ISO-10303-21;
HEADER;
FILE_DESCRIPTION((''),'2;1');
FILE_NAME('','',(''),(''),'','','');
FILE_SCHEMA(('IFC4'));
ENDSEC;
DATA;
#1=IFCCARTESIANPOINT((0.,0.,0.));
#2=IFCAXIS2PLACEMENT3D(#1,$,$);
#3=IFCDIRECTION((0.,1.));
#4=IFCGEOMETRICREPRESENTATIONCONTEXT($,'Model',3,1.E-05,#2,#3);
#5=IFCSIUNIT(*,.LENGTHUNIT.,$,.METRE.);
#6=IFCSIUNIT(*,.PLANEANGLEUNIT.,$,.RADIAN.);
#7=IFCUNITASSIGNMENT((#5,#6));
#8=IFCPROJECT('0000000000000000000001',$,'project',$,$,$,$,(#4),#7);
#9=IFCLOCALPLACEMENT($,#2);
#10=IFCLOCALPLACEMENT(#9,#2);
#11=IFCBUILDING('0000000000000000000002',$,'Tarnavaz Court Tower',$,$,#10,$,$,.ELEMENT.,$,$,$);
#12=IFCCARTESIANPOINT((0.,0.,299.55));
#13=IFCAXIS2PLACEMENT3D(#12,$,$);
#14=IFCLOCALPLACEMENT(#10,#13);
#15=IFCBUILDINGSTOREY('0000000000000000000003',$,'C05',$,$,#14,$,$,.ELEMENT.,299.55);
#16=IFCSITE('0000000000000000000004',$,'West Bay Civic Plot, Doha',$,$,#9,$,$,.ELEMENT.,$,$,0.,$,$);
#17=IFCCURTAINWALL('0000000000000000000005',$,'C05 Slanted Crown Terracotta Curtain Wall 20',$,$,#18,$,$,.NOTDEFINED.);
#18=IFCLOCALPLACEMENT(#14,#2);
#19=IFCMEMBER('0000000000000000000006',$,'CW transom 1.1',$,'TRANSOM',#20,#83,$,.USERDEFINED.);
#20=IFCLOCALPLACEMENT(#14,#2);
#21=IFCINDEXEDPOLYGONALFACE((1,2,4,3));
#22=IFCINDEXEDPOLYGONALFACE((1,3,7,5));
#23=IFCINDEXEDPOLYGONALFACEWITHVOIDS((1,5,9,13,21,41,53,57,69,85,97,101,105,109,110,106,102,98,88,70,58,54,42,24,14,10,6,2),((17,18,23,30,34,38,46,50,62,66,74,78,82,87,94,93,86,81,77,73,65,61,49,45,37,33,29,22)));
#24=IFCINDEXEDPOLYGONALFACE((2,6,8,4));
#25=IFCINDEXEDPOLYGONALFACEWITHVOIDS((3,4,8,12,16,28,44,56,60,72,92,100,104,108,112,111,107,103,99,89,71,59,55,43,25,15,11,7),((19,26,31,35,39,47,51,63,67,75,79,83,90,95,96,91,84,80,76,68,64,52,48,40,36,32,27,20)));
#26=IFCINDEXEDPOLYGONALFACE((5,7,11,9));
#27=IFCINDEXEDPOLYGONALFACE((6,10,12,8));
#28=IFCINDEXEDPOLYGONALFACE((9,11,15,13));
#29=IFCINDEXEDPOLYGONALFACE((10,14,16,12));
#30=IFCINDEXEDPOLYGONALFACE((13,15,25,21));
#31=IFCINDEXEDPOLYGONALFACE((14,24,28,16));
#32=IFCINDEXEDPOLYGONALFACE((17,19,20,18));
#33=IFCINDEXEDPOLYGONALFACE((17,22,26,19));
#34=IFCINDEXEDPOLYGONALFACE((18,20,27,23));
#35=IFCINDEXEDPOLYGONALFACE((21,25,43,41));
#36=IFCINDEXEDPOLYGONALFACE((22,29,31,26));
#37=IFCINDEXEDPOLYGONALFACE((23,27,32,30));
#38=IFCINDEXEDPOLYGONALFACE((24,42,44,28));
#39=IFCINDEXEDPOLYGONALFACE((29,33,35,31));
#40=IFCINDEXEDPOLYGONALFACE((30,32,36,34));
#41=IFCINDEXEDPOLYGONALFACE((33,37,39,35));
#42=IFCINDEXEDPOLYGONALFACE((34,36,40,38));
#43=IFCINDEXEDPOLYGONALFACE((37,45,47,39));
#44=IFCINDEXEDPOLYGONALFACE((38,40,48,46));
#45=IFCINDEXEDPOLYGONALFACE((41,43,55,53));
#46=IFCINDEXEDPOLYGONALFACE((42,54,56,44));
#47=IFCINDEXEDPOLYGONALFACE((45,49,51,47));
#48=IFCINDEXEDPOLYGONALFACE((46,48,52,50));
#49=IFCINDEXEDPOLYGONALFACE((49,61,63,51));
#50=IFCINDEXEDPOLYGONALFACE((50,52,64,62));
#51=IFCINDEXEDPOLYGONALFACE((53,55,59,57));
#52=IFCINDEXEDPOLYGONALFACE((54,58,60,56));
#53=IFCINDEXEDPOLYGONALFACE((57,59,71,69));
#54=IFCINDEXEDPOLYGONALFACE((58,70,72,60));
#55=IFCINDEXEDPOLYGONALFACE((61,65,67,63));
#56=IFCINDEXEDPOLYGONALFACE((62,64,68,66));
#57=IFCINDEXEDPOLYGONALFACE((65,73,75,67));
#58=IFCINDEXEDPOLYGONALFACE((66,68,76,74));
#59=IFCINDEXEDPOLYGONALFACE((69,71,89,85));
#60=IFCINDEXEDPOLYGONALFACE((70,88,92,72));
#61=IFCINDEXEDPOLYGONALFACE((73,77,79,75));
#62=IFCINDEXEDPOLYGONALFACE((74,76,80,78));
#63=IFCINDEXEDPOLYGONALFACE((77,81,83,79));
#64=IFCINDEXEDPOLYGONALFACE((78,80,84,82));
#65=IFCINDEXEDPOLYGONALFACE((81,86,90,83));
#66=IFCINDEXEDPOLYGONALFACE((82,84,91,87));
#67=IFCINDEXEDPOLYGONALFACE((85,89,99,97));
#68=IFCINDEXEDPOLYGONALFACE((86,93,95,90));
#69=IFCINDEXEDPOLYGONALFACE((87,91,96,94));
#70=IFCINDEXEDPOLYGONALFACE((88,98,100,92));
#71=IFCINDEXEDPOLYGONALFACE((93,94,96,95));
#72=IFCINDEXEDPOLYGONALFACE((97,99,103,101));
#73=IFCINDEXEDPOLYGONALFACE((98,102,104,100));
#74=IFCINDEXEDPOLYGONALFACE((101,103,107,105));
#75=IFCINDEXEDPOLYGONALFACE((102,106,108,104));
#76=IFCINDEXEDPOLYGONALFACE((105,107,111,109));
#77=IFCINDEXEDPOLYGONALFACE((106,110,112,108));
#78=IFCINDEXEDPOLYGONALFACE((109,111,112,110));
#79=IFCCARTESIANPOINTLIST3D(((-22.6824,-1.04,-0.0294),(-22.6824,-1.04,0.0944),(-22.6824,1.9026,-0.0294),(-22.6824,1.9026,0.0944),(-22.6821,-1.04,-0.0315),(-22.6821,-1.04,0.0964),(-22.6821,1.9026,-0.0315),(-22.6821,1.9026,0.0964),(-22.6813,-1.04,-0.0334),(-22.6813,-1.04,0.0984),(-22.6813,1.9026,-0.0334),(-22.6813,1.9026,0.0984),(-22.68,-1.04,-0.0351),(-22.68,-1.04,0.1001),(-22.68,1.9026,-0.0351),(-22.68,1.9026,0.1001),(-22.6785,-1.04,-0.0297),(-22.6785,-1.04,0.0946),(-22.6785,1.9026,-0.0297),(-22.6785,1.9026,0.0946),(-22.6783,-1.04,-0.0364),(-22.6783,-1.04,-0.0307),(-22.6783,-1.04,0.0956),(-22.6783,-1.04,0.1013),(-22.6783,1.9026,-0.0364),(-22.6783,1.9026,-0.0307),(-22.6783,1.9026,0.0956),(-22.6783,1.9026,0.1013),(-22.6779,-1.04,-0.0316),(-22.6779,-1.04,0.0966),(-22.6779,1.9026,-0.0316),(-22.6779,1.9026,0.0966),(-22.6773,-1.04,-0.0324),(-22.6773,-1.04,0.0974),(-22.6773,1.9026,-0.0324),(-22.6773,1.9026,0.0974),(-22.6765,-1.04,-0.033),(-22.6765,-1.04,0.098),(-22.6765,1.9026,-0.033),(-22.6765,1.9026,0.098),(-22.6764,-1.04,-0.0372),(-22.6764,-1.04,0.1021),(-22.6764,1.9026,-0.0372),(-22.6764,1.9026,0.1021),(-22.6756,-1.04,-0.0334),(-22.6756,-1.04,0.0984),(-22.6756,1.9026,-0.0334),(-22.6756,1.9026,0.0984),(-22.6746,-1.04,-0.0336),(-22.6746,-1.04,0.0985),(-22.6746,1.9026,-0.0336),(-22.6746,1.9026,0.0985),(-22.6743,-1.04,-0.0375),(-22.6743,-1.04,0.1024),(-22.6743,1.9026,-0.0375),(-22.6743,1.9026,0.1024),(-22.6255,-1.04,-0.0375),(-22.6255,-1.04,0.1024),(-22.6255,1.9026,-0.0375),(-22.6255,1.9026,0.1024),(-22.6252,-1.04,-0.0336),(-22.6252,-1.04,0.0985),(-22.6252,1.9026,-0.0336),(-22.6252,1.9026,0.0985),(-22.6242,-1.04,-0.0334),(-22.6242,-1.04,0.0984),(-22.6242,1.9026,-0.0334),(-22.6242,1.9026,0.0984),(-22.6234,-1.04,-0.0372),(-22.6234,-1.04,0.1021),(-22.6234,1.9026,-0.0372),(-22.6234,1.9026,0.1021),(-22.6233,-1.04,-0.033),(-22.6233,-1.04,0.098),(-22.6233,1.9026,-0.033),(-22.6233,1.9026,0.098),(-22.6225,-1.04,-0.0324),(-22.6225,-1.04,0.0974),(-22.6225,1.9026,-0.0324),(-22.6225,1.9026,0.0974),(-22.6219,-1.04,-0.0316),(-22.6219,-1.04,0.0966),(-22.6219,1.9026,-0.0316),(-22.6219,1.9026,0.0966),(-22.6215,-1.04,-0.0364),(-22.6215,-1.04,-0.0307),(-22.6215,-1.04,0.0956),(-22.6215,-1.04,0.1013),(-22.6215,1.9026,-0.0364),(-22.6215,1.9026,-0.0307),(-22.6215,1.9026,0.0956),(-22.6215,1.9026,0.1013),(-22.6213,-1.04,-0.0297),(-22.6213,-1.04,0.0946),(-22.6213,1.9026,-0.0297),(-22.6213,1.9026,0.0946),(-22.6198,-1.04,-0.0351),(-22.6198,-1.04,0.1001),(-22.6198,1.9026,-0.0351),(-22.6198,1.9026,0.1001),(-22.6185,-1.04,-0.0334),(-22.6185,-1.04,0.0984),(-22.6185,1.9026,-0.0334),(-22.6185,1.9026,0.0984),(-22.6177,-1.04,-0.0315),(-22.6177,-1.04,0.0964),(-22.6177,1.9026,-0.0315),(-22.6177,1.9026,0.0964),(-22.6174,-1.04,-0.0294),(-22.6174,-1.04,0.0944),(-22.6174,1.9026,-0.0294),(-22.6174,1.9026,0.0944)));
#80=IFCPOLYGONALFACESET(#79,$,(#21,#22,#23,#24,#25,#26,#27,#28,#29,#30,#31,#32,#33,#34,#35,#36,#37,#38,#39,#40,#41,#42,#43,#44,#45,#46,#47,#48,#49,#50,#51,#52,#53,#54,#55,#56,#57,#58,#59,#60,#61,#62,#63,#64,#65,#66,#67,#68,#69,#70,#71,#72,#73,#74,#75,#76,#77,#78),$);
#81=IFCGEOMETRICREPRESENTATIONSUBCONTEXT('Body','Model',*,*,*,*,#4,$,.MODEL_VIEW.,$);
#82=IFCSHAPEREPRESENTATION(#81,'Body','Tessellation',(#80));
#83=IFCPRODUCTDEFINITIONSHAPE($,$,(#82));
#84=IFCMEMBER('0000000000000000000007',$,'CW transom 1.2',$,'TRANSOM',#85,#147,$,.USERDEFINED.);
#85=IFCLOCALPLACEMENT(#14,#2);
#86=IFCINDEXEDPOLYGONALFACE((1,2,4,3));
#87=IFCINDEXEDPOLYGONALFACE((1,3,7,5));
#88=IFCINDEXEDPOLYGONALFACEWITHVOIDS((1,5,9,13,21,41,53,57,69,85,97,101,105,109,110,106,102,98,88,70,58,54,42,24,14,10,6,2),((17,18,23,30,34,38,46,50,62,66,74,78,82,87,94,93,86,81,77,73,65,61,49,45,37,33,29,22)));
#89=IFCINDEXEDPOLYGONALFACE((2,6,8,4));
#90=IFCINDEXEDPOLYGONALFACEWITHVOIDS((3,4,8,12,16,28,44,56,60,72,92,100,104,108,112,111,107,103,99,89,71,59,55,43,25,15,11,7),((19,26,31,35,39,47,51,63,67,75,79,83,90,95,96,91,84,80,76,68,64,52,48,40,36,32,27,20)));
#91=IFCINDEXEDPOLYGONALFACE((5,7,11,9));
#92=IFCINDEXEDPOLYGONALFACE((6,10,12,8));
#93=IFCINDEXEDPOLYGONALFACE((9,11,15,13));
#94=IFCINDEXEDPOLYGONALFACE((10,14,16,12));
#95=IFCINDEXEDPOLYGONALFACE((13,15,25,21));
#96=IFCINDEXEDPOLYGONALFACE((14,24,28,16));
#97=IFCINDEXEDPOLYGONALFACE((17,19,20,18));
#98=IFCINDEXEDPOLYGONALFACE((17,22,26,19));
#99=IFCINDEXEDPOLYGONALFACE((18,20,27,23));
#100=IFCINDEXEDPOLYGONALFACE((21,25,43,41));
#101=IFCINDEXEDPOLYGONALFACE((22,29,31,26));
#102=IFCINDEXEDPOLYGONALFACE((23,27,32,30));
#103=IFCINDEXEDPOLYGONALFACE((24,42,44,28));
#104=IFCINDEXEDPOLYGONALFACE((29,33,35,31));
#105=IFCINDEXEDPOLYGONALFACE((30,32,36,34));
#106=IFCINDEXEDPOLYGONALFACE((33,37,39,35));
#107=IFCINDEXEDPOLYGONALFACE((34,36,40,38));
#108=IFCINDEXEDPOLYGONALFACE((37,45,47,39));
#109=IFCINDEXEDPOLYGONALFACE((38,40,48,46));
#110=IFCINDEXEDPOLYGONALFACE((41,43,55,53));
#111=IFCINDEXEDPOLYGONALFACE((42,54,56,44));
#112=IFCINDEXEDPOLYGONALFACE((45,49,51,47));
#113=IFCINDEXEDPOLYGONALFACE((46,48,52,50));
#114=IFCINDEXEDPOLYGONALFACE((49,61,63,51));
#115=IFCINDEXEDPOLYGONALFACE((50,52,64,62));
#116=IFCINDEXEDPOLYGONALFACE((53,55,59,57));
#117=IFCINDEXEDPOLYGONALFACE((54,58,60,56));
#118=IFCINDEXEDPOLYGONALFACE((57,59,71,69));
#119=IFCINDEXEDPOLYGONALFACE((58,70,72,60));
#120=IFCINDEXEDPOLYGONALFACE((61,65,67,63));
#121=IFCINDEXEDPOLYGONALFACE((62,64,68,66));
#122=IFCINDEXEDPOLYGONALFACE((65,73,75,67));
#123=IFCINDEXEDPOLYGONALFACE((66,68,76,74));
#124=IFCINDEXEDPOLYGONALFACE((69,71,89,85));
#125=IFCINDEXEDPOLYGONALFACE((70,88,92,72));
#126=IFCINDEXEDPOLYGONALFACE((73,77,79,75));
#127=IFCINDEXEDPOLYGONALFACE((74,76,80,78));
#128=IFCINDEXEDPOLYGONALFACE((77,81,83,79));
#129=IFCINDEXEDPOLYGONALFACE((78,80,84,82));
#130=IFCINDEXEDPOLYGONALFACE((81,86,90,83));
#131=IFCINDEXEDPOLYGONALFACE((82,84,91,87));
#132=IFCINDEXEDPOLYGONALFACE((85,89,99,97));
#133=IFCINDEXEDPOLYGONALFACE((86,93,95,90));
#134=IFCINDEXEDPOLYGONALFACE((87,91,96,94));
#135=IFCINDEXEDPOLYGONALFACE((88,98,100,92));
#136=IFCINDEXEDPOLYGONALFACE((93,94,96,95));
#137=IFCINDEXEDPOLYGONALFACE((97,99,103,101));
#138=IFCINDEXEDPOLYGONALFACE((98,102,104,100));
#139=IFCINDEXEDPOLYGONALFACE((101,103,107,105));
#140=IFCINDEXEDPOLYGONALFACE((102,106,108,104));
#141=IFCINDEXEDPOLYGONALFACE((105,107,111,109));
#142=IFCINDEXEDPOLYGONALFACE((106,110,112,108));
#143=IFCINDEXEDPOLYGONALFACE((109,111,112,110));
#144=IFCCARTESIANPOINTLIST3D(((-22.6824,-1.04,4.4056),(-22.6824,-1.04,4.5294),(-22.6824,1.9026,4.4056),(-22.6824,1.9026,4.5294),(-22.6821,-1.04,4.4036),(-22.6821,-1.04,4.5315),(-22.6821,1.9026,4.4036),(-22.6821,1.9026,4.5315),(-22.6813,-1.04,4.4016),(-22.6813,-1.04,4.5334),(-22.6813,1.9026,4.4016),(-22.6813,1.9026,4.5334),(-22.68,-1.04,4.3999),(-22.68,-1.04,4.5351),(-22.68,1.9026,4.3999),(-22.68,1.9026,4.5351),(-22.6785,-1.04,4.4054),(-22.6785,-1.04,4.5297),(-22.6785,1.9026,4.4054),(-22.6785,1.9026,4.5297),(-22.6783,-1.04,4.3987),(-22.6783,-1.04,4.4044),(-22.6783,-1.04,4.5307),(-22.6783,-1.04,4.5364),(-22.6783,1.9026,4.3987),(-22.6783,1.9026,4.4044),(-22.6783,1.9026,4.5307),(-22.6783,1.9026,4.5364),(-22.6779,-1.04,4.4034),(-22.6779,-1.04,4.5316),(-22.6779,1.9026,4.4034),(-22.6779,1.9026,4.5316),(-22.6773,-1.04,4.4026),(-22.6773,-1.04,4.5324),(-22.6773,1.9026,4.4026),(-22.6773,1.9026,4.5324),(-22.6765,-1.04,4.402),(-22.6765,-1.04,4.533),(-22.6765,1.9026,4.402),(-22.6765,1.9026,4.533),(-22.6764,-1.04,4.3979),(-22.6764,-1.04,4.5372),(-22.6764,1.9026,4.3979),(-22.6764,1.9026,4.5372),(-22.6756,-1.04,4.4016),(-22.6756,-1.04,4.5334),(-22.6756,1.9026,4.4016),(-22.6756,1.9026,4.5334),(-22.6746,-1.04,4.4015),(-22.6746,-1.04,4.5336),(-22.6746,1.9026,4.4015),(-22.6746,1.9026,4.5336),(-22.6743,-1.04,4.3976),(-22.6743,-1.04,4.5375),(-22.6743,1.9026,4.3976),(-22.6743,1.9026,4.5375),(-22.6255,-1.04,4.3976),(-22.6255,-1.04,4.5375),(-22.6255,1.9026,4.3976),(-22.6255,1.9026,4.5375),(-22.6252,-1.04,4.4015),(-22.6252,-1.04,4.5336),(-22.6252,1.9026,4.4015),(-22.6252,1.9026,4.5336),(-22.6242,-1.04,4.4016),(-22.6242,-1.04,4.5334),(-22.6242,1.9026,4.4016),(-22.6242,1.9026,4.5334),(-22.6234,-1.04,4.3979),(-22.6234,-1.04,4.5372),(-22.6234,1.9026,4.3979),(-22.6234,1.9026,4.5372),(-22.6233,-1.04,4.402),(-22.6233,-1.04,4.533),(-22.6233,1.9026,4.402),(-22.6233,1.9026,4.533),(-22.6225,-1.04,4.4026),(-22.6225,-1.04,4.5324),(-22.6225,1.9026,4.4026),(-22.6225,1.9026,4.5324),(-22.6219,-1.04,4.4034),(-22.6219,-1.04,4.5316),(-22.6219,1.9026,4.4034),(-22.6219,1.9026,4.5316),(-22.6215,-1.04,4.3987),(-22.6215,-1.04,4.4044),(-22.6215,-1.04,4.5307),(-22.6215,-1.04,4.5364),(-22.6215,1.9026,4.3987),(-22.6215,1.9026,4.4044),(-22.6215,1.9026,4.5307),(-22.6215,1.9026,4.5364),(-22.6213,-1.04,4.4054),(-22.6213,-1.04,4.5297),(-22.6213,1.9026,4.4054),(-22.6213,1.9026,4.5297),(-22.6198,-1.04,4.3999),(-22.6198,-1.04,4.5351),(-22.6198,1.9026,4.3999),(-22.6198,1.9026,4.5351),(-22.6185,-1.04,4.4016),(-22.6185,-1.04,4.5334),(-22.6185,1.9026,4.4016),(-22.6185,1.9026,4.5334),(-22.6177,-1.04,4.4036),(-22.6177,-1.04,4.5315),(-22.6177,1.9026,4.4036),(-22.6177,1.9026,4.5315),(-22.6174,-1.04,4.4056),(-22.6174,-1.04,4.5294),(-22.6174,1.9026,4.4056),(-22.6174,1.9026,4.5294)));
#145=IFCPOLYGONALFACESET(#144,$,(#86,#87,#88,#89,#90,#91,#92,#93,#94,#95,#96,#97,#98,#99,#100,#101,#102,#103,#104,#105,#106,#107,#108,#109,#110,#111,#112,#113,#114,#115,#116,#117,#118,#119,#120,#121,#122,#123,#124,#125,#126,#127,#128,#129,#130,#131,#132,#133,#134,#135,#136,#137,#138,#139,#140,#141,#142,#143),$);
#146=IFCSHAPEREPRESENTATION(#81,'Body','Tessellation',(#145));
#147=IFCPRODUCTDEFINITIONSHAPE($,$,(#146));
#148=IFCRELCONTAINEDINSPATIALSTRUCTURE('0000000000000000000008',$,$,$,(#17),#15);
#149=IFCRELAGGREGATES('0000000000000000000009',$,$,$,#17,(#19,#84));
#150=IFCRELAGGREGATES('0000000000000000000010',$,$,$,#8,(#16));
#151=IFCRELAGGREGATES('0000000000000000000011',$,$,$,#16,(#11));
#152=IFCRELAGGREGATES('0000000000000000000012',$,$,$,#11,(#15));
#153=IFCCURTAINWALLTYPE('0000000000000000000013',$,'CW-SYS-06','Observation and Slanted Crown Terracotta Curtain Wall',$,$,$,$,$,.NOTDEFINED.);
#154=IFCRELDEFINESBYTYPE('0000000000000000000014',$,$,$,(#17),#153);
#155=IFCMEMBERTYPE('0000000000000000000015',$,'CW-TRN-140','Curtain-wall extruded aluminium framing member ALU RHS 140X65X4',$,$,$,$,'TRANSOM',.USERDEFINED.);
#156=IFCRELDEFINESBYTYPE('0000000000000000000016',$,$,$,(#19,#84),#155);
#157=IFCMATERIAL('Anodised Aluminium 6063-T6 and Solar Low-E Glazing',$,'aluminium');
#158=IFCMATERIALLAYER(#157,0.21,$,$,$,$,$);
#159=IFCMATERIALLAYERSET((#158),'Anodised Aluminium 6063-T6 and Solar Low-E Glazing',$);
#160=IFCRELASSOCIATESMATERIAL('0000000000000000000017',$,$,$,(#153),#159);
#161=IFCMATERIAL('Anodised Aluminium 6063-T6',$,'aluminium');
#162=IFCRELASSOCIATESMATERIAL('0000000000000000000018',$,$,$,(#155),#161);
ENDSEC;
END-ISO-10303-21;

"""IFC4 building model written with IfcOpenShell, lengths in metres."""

from ifc_helpers import new_model, si_unit, direction, frame, origin, origin_2d, place, context, subcontext, project, spatial, hollow_rectangle, extrude, material, layer, layer_set, material_profile, profile_set, type_object, element, aggregate, save


model = new_model("IFC4")

# Units and contexts
model_context = context("Model", 3, precision=1e-05, world=origin(), true_north=direction((0.0, 1.0)))
body_context = subcontext(model_context, "Body", "Model", "MODEL_VIEW")
ifc_project = project(units=[si_unit("LENGTHUNIT", "METRE"), si_unit("PLANEANGLEUNIT", "RADIAN")], contexts=[model_context])

# Site, building, storey
site_placement = place(None, origin())
site = spatial("IfcSite", under=ifc_project, at=site_placement, Name="West Bay Civic Plot, Doha", CompositionType="ELEMENT", RefElevation=0.0)
building_placement = place(site_placement, origin())
building = spatial("IfcBuilding", under=site, at=building_placement, Name="Tarnavaz Court Tower", CompositionType="ELEMENT")
storey_placement = place(building_placement, frame((0.0, 0.0, 299.55)))
storey = spatial("IfcBuildingStorey", under=building, at=storey_placement, Name="C05", CompositionType="ELEMENT", Elevation=299.55)

# Curtain wall
ifc_material_1 = material(Name="Anodised Aluminium 6063-T6 and Solar Low-E Glazing", Category="aluminium")
ifc_layer_1 = layer(ifc_material_1, 0.21)
ifc_layer_set_1 = layer_set([ifc_layer_1], Name="Anodised Aluminium 6063-T6 and Solar Low-E Glazing")
curtain_wall_type = type_object("IfcCurtainWallType", Name="CW-SYS-06", Description="Observation and Slanted Crown Terracotta Curtain Wall", PredefinedType="NOTDEFINED", material=ifc_layer_set_1)
ifc_material_2 = material(Name="Anodised Aluminium 6063-T6", Category="aluminium")
curtain_wall_1_placement = place(storey_placement, origin())
curtain_wall_1 = element("IfcCurtainWall", 1, at=curtain_wall_1_placement, inside=storey, type_object=curtain_wall_type, Name="C05 Slanted Crown Terracotta Curtain Wall 20", PredefinedType="NOTDEFINED")

# Members
ifc_material_profile_1 = material_profile(ifc_material_2, hollow_rectangle(XDim=0.0649, YDim=0.1399, WallThickness=0.0039, InnerFilletRadius=0.0039, OuterFilletRadius=0.0081, at=origin_2d()), Name="ALU RHS 140X65X4")
ifc_profile_set_1 = profile_set([ifc_material_profile_1], Name="Anodised Aluminium 6063-T6")
member_type_1 = type_object("IfcMemberType", Name="CW-TRN-140", Description="Curtain-wall extruded aluminium framing member ALU RHS 140X65X4", ElementType="TRANSOM", PredefinedType="USERDEFINED", material=ifc_profile_set_1)
member_1_placement = place(storey_placement, frame((-22.6499, -1.04, 0.0325), z_axis=(0.0, 1.0, 0.0), x_axis=(-1.0, 0.0, 0.0)))
member_1 = element("IfcMember", 2, at=member_1_placement, type_object=member_type_1, Name="CW transom 1.1", ObjectType="TRANSOM", PredefinedType="USERDEFINED", context=body_context, shape_type="SweptSolid", body=[
    extrude(hollow_rectangle(XDim=0.0649, YDim=0.1399, WallThickness=0.0039, InnerFilletRadius=0.0039, OuterFilletRadius=0.0081, at=origin_2d()), origin(), (0.0, 0.0, 1.0), 2.9426),
])
member_2_placement = place(storey_placement, frame((-22.6499, -1.04, 4.4675), z_axis=(0.0, 1.0, 0.0), x_axis=(-1.0, 0.0, 0.0)))
member_2 = element("IfcMember", 3, at=member_2_placement, type_object=member_type_1, Name="CW transom 1.2", ObjectType="TRANSOM", PredefinedType="USERDEFINED", context=body_context, shape_type="SweptSolid", body=[
    extrude(hollow_rectangle(XDim=0.0649, YDim=0.1399, WallThickness=0.0039, InnerFilletRadius=0.0039, OuterFilletRadius=0.0081, at=origin_2d()), origin(), (0.0, 0.0, 1.0), 2.9426),
])

aggregate(curtain_wall_1, [member_1, member_2])

save(model, "model.ifc")
